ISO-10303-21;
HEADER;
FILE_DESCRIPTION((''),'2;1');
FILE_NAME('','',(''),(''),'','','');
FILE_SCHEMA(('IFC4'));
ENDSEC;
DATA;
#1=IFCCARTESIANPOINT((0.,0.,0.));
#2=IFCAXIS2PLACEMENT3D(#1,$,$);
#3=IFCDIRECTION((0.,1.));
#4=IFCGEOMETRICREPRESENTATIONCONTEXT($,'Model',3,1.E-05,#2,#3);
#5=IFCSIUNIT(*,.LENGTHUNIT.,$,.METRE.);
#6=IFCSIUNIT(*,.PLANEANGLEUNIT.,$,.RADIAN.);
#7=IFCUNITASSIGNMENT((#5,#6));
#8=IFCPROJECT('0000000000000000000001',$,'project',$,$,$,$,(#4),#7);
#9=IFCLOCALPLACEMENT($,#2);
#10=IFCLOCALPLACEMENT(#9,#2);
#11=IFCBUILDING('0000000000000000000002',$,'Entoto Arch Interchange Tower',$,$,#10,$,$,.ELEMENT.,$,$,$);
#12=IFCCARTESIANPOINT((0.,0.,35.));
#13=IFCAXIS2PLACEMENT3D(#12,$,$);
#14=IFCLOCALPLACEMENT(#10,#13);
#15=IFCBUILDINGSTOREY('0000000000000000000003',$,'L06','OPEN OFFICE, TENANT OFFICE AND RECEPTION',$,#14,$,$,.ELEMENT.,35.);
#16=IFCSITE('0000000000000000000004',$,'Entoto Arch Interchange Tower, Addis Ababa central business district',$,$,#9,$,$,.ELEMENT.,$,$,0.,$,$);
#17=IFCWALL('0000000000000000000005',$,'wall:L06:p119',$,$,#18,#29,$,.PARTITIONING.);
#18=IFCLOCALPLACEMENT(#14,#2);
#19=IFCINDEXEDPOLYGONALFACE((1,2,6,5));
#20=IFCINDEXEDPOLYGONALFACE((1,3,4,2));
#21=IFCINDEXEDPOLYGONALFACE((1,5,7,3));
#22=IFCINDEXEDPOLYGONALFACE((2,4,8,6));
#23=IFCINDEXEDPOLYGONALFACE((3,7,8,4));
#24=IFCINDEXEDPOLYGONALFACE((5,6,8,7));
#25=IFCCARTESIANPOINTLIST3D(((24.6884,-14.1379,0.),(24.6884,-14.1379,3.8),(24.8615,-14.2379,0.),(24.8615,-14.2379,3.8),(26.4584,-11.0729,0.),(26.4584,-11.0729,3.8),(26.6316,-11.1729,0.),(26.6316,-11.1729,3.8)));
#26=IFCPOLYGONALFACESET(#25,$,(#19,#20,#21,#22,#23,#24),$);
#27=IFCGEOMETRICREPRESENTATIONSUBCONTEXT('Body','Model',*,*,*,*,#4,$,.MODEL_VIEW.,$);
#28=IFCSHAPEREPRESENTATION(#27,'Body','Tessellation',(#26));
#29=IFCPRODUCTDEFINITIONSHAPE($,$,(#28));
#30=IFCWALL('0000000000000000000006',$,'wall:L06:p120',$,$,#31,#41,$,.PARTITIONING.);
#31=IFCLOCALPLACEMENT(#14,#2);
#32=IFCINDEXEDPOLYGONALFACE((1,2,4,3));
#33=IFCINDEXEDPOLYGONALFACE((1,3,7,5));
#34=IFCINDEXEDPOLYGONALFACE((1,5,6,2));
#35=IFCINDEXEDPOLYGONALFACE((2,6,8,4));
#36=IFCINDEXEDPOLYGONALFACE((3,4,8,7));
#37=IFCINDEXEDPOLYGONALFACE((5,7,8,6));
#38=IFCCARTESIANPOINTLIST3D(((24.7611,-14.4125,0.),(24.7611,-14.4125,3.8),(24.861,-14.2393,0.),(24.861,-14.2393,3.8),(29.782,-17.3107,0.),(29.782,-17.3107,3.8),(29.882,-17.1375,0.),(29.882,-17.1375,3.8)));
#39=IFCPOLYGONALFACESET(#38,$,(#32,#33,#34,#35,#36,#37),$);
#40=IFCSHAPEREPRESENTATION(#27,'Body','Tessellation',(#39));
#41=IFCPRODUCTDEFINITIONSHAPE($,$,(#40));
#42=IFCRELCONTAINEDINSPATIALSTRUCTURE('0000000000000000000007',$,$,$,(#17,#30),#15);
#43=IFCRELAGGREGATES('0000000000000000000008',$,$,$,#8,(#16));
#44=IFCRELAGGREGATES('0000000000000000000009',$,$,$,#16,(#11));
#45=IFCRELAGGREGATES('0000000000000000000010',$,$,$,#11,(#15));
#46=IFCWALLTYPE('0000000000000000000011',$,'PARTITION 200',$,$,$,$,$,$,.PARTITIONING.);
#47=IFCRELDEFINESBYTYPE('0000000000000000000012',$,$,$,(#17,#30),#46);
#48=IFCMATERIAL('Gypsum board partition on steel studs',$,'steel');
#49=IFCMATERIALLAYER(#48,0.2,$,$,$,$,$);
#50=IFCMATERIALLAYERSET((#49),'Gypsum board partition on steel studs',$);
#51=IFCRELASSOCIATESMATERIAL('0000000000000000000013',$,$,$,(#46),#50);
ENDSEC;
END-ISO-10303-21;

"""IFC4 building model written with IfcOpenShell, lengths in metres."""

from ifc_helpers import new_model, si_unit, direction, frame, frame_2d, origin, place, context, subcontext, project, spatial, rectangle, extrude, material, layer, layer_set, type_object, element, save


model = new_model("IFC4")

# Units and contexts
model_context = context("Model", 3, precision=1e-05, world=origin(), true_north=direction((0.0, 1.0)))
body_context = subcontext(model_context, "Body", "Model", "MODEL_VIEW")
ifc_project = project(units=[si_unit("LENGTHUNIT", "METRE"), si_unit("PLANEANGLEUNIT", "RADIAN")], contexts=[model_context])

# Site, building, storey
site_placement = place(None, origin())
site = spatial("IfcSite", under=ifc_project, at=site_placement, Name="Entoto Arch Interchange Tower, Addis Ababa central business district", CompositionType="ELEMENT", RefElevation=0.0)
building_placement = place(site_placement, origin())
building = spatial("IfcBuilding", under=site, at=building_placement, Name="Entoto Arch Interchange Tower", CompositionType="ELEMENT")
storey_placement = place(building_placement, frame((0.0, 0.0, 35.0)))
storey = spatial("IfcBuildingStorey", under=building, at=storey_placement, Name="L06", Description="OPEN OFFICE, TENANT OFFICE AND RECEPTION", CompositionType="ELEMENT", Elevation=35.0)

# Shared definitions
ifc_material_1 = material(Name="Gypsum board partition on steel studs", Category="steel")

# Shared definitions
ifc_layer_1 = layer(ifc_material_1, 0.2)
ifc_layer_set_1 = layer_set([ifc_layer_1], Name="Gypsum board partition on steel studs")
wall_type_1 = type_object("IfcWallType", Name="PARTITION 200", PredefinedType="PARTITIONING", material=ifc_layer_set_1)

# Walls
wall_1_placement = place(storey_placement, frame((26.5449, -11.123, 0.0), z_axis=(0.0, 0.0, 1.0), x_axis=(-0.500101, -0.865967, 0.0)))
element("IfcWall", 1, at=wall_1_placement, inside=storey, type_object=wall_type_1, Name="wall:L06:p119", PredefinedType="PARTITIONING", context=body_context, shape_type="SweptSolid", body=[
    extrude(rectangle(XDim=3.5393, YDim=0.2, at=frame_2d((1.7695, 0.0))), origin(), (0.0, 0.0, 1.0), 3.8),
])
wall_2_placement = place(storey_placement, frame((24.811, -14.3259, 0.0), z_axis=(0.0, 0.0, 1.0), x_axis=(0.866076, -0.499912, 0.0)))
element("IfcWall", 2, at=wall_2_placement, inside=storey, type_object=wall_type_1, Name="wall:L06:p120", PredefinedType="PARTITIONING", context=body_context, shape_type="SweptSolid", body=[
    extrude(rectangle(XDim=5.7974, YDim=0.2, at=frame_2d((2.8987, 0.0))), origin(), (0.0, 0.0, 1.0), 3.8),
])

save(model, "model.ifc")
